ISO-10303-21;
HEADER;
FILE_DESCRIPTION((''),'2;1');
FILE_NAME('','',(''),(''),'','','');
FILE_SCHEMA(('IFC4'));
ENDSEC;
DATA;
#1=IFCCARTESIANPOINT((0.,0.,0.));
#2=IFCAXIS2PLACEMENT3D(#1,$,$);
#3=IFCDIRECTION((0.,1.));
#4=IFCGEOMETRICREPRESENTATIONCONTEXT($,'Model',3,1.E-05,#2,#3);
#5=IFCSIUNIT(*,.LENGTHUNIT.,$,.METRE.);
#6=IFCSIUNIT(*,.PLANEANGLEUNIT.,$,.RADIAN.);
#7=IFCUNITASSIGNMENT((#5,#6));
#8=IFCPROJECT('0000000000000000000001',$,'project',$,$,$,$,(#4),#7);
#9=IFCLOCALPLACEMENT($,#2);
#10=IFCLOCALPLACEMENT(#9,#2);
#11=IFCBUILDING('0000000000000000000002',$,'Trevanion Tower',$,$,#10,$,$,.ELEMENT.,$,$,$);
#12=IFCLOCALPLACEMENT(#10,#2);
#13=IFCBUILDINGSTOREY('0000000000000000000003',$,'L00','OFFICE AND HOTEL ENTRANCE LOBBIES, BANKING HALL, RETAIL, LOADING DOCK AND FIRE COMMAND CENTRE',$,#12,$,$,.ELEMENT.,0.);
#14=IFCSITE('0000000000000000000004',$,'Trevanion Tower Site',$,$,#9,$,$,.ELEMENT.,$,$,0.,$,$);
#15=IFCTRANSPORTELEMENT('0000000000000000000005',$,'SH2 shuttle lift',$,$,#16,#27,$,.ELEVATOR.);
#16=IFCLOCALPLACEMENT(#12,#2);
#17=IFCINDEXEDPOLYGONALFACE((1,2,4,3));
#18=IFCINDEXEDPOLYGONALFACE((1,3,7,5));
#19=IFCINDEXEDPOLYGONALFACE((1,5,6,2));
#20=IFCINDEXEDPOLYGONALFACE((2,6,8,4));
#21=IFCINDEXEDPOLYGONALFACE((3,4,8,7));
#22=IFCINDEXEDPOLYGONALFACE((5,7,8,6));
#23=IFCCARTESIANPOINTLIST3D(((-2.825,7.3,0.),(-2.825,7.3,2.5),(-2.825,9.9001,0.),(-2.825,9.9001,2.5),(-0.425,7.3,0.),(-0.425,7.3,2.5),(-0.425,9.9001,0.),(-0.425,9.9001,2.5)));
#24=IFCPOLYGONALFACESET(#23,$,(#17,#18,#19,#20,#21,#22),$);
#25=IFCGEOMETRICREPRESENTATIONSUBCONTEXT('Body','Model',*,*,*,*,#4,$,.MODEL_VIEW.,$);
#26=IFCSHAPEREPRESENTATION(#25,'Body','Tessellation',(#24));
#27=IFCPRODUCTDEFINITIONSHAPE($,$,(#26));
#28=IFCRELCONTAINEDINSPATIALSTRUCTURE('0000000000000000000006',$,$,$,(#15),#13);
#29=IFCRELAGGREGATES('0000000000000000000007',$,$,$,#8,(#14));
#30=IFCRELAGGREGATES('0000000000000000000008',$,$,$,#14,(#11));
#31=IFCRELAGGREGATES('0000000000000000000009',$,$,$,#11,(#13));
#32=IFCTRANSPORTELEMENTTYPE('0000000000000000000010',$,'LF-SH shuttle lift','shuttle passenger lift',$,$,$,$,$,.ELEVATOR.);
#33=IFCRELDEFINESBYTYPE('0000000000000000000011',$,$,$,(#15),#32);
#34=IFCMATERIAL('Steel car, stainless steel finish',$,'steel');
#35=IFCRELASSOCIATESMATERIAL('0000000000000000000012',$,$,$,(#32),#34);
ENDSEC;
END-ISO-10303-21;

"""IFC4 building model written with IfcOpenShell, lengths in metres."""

from ifc_helpers import new_model, si_unit, direction, frame, origin, origin_2d, place, context, subcontext, project, spatial, rectangle, extrude, material, type_object, element, save


model = new_model("IFC4")

# Units and contexts
model_context = context("Model", 3, precision=1e-05, world=origin(), true_north=direction((0.0, 1.0)))
body_context = subcontext(model_context, "Body", "Model", "MODEL_VIEW")
ifc_project = project(units=[si_unit("LENGTHUNIT", "METRE"), si_unit("PLANEANGLEUNIT", "RADIAN")], contexts=[model_context])

# Site, building, storey
site_placement = place(None, origin())
site = spatial("IfcSite", under=ifc_project, at=site_placement, Name="Trevanion Tower Site", CompositionType="ELEMENT", RefElevation=0.0)
building_placement = place(site_placement, origin())
building = spatial("IfcBuilding", under=site, at=building_placement, Name="Trevanion Tower", CompositionType="ELEMENT")
storey_placement = place(building_placement, origin())
storey = spatial("IfcBuildingStorey", under=building, at=storey_placement, Name="L00", Description="OFFICE AND HOTEL ENTRANCE LOBBIES, BANKING HALL, RETAIL, LOADING DOCK AND FIRE COMMAND CENTRE", CompositionType="ELEMENT", Elevation=0.0)

# Transport element
ifc_material_1 = material(Name="Steel car, stainless steel finish", Category="steel")
transport_element_type = type_object("IfcTransportElementType", Name="LF-SH shuttle lift", Description="shuttle passenger lift", PredefinedType="ELEVATOR", material=ifc_material_1)
for number, where, z_axis, x_axis, name in (
    (1, (-1.625, 8.6001, 0.0), (0.0, 0.0, 1.0), (1.0, 0.0, 0.0), "SH2 shuttle lift"),
):
    element("IfcTransportElement", number, at=place(storey_placement, frame(where, z_axis=z_axis, x_axis=x_axis)), inside=storey, type_object=transport_element_type, Name=name, PredefinedType="ELEVATOR", context=body_context, shape_type="SweptSolid", body=[
        extrude(rectangle(XDim=2.3999, YDim=2.6001, at=origin_2d()), origin(), (0.0, 0.0, 1.0), 2.5),
    ])

save(model, "model.ifc")
